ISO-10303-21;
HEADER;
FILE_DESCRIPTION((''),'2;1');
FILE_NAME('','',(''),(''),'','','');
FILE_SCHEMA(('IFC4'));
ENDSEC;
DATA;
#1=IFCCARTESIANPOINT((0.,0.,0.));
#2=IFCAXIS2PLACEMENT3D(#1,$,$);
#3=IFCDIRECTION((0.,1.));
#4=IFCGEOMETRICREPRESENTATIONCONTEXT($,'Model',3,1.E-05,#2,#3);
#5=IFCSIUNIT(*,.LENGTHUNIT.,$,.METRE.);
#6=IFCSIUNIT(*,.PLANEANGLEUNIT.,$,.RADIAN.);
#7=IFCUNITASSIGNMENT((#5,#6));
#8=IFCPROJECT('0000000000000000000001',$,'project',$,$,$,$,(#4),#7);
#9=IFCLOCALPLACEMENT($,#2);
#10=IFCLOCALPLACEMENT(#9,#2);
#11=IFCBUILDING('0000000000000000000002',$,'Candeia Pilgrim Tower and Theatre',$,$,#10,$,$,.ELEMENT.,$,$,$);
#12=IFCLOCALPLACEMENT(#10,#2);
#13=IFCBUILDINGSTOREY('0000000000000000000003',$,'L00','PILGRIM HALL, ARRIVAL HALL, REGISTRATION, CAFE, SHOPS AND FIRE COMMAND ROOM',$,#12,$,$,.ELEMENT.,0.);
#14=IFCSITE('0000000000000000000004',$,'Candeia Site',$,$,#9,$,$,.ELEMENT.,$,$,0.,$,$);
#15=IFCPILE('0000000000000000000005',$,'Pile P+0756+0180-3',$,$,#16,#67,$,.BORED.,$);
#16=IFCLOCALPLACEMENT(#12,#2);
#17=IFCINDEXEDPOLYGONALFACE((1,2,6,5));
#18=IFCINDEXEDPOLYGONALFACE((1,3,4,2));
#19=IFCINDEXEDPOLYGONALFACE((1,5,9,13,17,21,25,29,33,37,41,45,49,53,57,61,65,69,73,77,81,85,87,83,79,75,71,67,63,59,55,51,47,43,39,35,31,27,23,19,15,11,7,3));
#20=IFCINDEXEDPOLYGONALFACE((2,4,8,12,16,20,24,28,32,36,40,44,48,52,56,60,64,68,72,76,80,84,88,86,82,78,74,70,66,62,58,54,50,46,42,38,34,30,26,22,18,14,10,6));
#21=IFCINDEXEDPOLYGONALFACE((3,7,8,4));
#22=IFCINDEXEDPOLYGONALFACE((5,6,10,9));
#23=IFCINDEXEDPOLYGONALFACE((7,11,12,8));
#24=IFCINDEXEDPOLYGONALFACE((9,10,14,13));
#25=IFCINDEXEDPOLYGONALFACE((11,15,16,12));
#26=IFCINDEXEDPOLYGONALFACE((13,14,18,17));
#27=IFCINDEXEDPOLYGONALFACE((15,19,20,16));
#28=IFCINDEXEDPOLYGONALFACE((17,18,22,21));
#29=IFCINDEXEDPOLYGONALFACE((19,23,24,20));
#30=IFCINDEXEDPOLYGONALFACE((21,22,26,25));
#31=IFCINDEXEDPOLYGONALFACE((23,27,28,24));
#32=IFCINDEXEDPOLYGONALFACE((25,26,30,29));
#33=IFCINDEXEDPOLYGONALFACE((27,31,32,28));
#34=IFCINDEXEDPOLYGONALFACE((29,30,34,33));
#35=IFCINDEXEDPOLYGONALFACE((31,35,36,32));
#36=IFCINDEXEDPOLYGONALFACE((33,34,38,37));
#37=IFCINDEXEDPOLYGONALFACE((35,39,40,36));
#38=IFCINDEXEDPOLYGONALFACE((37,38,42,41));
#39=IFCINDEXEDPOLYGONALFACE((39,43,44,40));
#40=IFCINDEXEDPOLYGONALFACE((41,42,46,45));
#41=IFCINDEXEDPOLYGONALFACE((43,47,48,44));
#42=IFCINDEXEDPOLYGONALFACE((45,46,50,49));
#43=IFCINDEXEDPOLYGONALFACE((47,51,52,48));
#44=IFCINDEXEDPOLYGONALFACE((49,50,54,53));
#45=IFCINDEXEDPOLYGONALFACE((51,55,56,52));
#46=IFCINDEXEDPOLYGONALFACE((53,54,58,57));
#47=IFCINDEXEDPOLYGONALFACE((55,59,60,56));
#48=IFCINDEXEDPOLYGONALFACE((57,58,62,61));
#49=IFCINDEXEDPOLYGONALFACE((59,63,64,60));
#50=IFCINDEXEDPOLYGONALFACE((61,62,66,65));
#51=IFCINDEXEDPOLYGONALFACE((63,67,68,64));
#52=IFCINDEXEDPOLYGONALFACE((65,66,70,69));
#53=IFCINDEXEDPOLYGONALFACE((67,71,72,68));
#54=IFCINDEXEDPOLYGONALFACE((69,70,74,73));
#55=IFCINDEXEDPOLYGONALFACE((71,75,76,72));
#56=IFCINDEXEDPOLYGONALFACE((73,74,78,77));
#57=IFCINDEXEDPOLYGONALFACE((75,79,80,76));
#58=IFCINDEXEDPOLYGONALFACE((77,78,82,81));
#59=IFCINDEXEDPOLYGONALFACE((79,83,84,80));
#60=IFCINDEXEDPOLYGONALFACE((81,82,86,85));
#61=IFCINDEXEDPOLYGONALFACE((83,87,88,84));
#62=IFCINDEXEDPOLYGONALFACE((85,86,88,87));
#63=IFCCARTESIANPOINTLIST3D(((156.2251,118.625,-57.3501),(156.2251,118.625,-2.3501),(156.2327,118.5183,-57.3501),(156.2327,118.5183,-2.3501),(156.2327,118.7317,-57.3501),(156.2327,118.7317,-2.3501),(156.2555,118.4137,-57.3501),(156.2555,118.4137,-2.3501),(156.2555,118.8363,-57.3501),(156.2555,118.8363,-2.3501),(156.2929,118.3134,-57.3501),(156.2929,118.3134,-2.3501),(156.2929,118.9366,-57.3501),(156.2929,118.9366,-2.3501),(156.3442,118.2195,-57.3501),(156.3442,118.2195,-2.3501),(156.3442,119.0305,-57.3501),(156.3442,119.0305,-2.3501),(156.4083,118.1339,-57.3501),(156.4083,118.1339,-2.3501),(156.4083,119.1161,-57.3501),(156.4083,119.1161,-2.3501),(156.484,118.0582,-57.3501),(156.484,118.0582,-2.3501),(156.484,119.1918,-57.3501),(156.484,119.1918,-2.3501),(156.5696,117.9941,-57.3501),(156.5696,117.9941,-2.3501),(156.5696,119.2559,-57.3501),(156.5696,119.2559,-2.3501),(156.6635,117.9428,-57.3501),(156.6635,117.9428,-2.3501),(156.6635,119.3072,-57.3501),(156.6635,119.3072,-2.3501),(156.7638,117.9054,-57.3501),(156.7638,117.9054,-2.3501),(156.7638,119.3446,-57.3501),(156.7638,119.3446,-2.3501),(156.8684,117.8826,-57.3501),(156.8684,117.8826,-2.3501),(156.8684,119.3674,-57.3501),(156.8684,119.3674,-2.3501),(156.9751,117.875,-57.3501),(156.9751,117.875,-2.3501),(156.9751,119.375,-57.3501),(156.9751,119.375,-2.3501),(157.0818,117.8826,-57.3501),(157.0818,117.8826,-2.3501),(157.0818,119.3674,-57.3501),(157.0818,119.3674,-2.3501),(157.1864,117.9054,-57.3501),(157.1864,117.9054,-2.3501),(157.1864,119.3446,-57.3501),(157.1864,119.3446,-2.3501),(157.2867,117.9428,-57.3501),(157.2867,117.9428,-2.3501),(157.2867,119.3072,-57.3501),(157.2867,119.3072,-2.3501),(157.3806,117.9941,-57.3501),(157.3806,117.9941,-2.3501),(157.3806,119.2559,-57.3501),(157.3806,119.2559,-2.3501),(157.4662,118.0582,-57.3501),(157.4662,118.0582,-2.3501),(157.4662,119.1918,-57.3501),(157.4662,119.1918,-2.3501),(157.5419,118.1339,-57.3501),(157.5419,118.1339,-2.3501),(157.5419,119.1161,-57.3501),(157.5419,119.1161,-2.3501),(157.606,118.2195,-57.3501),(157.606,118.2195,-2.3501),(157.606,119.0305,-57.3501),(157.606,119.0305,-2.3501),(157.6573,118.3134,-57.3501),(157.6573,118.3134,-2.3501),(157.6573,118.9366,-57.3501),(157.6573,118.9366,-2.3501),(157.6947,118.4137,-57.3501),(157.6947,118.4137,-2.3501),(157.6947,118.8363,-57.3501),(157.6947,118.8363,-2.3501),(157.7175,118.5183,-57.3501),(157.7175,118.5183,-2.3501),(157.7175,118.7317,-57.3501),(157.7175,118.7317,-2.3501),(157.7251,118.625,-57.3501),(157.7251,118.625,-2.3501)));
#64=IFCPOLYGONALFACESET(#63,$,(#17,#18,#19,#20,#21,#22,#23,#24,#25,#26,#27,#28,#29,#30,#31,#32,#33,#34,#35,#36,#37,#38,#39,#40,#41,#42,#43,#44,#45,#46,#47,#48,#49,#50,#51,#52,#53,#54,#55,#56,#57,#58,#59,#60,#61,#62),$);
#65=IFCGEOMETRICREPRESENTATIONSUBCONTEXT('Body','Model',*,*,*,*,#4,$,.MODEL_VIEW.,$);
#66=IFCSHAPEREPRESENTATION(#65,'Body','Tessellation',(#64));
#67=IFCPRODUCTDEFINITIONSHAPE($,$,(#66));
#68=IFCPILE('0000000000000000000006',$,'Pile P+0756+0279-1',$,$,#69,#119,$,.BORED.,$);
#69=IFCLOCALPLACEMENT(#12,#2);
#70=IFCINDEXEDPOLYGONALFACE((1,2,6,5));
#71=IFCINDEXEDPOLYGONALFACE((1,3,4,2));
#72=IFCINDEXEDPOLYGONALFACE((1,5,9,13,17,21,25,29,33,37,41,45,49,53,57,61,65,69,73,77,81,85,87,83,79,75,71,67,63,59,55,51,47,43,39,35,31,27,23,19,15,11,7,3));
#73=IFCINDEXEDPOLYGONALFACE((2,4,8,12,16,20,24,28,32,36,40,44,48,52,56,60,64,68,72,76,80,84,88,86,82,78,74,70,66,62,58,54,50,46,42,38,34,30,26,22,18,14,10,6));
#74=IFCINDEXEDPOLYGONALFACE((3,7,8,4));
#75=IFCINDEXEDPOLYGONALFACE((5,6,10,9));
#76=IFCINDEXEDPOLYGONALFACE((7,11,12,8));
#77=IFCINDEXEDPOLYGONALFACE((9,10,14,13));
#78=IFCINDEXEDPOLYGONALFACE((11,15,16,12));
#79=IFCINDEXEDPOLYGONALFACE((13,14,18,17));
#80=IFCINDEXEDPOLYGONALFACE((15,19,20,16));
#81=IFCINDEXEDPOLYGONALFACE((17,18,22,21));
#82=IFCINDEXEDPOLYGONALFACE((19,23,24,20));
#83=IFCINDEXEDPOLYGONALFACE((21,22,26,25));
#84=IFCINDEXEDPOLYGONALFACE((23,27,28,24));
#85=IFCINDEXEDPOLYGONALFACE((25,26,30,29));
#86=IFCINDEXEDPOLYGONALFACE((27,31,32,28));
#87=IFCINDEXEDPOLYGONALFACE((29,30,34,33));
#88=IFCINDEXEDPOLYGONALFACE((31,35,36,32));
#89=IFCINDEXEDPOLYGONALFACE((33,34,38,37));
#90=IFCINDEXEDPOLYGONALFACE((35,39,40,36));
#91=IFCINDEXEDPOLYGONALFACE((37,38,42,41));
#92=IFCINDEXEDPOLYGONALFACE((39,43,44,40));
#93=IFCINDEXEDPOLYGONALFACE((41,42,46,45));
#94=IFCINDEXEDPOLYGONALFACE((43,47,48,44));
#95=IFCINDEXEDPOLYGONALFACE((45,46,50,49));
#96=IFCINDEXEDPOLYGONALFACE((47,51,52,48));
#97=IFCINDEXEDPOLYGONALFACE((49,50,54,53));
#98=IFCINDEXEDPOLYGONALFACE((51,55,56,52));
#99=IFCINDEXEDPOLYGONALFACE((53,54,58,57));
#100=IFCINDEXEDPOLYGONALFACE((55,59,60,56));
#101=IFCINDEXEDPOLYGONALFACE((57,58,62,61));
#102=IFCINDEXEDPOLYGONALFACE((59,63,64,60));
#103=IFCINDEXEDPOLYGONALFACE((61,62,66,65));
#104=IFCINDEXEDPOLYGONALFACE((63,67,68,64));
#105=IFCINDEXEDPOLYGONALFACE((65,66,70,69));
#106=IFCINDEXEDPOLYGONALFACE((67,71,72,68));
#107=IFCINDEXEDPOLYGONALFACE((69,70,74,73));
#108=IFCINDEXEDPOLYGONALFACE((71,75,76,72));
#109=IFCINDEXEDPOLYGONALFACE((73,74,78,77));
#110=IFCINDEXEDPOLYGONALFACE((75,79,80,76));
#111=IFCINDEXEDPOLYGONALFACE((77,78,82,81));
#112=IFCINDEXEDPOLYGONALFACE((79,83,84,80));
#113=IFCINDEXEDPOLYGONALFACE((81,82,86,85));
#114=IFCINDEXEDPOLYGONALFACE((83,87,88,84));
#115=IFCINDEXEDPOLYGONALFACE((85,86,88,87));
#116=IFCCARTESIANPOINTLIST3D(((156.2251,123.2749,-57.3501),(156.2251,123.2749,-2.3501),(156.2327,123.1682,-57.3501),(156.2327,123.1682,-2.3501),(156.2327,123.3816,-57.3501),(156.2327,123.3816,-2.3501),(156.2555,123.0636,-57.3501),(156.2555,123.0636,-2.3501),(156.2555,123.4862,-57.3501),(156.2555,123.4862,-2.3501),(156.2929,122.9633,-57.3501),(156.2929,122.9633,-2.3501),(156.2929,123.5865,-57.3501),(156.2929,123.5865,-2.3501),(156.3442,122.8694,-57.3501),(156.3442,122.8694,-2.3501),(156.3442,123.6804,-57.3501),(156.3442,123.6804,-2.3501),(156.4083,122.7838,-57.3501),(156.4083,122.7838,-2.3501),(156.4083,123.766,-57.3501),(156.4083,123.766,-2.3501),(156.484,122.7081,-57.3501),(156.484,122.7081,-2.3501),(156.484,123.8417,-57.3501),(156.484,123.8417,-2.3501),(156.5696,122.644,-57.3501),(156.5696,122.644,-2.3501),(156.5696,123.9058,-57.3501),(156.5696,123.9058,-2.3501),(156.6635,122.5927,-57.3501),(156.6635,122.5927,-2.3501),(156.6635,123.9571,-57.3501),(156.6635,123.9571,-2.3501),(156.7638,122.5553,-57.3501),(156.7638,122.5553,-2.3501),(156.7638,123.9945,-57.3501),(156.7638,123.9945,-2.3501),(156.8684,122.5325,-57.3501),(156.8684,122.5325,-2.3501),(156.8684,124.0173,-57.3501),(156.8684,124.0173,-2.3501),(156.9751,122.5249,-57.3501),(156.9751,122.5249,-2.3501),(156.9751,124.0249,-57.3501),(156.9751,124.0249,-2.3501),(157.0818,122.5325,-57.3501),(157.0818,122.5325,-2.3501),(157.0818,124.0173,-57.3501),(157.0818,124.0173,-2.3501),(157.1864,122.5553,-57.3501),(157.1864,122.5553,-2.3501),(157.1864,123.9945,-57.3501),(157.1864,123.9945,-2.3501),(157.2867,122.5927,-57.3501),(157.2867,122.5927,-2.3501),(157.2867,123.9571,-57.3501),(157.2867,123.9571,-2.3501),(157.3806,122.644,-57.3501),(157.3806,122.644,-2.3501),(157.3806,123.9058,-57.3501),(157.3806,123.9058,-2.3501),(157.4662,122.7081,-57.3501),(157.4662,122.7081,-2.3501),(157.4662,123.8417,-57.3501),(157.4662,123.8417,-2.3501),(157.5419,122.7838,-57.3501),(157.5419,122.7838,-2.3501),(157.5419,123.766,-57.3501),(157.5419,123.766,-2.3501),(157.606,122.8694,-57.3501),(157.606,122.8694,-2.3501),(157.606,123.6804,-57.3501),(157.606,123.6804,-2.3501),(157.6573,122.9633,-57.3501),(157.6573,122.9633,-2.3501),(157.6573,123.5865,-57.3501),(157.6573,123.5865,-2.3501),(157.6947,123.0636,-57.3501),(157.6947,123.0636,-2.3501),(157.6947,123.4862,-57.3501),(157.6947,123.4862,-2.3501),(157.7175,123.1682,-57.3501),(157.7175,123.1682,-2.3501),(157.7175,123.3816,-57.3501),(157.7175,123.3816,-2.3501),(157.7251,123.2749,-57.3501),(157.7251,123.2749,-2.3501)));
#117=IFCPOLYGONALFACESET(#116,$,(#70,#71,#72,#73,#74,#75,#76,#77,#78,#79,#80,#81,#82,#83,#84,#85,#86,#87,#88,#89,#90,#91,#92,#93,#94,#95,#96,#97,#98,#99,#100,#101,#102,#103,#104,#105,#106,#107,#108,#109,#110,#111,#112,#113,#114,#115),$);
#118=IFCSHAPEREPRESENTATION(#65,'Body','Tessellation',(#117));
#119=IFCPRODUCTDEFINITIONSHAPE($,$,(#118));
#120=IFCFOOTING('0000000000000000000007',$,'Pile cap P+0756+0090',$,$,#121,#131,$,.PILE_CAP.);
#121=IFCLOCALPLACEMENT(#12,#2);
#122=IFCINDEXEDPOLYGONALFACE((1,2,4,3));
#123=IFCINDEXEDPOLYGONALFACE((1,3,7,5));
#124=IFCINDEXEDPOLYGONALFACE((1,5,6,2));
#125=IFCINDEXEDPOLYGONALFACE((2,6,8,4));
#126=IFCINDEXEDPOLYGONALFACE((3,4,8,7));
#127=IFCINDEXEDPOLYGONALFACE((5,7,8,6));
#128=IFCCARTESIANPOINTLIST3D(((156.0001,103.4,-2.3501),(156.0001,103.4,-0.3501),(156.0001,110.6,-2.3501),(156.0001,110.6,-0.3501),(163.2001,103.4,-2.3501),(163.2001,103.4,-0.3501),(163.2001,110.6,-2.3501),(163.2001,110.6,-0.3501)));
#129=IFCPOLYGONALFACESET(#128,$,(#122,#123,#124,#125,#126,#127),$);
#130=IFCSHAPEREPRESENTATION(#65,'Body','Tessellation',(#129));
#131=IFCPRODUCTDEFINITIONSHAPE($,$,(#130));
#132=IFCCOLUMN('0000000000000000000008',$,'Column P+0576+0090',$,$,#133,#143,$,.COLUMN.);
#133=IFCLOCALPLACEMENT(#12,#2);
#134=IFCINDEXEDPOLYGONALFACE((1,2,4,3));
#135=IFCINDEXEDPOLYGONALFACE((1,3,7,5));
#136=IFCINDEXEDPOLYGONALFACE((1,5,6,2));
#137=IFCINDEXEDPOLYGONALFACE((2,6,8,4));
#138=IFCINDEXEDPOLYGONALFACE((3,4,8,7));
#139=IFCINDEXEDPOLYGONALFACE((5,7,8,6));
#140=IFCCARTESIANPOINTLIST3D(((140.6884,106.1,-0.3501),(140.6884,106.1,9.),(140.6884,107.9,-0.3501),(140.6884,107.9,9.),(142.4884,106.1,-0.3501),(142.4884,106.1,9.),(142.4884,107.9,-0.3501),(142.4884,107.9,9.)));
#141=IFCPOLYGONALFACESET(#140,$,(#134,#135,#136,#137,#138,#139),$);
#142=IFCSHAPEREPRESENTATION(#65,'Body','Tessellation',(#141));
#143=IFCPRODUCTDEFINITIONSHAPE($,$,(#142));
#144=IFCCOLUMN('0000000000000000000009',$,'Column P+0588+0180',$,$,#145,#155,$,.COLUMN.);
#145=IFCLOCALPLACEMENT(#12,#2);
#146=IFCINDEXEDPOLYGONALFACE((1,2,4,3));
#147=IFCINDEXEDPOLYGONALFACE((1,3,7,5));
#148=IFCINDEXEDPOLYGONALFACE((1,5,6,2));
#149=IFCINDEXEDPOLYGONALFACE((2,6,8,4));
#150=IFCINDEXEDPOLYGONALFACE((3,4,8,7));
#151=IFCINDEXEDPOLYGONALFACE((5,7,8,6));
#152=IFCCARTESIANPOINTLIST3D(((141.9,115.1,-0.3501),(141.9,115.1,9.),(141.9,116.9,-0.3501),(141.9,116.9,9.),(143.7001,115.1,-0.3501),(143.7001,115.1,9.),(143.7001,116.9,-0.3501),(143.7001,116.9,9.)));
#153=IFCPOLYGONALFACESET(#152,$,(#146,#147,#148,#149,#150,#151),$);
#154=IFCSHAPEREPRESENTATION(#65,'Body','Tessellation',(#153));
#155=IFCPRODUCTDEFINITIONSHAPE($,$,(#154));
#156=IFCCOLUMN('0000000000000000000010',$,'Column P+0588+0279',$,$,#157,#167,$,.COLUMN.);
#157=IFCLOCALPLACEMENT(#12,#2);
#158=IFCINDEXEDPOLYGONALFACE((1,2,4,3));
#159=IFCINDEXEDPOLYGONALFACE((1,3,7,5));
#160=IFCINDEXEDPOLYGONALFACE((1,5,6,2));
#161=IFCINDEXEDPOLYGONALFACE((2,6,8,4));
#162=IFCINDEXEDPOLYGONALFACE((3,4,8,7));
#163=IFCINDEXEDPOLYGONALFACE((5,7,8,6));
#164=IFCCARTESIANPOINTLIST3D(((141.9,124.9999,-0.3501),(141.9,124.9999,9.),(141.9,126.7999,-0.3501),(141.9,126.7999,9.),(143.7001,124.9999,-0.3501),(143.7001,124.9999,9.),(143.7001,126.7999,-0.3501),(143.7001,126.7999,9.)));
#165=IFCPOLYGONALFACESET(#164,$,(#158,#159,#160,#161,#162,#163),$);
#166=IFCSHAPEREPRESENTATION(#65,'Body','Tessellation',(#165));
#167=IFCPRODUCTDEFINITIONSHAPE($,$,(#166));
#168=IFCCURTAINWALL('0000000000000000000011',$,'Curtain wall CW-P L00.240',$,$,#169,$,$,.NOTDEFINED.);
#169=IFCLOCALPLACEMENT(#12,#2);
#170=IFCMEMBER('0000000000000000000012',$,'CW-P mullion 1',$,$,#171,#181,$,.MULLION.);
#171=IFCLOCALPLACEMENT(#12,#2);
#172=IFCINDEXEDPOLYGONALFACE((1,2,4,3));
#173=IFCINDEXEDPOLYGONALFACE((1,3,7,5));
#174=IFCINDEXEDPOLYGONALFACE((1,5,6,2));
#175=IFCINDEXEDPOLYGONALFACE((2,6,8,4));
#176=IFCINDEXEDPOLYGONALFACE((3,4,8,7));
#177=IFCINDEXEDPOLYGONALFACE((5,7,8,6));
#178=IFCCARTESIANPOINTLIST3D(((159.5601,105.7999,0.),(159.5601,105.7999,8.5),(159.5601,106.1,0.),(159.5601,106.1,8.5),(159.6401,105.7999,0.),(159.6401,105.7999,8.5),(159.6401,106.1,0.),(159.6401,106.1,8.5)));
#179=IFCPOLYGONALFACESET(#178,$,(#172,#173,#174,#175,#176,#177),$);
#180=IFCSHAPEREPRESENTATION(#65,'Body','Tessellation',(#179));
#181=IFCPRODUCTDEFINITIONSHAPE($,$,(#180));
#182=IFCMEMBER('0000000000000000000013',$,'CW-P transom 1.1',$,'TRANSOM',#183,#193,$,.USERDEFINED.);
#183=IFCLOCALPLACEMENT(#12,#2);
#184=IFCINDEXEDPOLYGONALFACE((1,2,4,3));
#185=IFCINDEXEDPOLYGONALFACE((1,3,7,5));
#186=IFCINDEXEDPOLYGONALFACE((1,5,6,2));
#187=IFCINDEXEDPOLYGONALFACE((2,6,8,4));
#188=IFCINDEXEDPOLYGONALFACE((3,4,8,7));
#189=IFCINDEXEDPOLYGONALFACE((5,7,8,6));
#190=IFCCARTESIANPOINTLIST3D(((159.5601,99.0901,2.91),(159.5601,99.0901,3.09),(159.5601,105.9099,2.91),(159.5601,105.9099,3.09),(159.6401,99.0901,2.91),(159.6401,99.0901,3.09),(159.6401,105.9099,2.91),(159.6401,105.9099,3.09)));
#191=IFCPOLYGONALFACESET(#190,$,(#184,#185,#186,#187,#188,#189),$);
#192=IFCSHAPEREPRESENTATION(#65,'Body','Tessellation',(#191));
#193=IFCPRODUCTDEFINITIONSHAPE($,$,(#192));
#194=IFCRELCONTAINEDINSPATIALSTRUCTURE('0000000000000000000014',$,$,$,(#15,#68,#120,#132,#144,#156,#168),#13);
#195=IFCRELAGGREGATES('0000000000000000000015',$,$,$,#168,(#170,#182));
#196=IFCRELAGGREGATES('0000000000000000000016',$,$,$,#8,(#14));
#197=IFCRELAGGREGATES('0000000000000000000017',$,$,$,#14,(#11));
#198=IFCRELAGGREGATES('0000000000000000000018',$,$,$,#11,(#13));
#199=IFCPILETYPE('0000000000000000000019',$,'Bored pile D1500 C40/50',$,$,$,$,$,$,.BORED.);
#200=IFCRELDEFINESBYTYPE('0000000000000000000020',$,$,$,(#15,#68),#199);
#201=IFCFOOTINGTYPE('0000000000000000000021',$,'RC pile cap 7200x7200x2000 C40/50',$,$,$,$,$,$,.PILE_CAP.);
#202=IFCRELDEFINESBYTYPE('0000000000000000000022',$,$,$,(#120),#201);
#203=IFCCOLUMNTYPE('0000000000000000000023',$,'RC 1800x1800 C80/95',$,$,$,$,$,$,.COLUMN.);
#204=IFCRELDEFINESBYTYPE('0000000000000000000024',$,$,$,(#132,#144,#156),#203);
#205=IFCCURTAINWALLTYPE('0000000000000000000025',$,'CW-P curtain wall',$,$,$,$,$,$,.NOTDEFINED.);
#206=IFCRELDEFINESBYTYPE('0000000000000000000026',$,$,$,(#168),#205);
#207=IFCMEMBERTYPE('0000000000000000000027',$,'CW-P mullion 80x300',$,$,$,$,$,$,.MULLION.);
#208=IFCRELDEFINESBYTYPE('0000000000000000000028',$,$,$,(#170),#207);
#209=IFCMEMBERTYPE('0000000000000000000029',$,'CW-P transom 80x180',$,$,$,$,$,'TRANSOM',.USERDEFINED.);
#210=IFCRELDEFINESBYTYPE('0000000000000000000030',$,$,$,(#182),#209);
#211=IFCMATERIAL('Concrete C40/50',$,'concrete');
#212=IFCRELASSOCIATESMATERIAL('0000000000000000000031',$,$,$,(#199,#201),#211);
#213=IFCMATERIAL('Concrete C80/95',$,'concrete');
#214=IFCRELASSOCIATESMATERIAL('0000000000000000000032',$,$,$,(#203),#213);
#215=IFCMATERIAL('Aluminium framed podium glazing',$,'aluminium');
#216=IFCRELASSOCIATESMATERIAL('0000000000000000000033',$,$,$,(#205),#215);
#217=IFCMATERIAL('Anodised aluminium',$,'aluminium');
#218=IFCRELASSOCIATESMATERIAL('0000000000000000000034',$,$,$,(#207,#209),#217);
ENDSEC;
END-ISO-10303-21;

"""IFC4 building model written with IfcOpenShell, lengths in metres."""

from ifc_helpers import new_model, si_unit, direction, frame, origin, origin_2d, place, context, subcontext, project, spatial, rectangle, circle, extrude, material, material_profile, profile_set, type_object, element, aggregate, save


model = new_model("IFC4")

# Units and contexts
model_context = context("Model", 3, precision=1e-05, world=origin(), true_north=direction((0.0, 1.0)))
body_context = subcontext(model_context, "Body", "Model", "MODEL_VIEW")
ifc_project = project(units=[si_unit("LENGTHUNIT", "METRE"), si_unit("PLANEANGLEUNIT", "RADIAN")], contexts=[model_context])

# Site, building, storey
site_placement = place(None, origin())
site = spatial("IfcSite", under=ifc_project, at=site_placement, Name="Candeia Site", CompositionType="ELEMENT", RefElevation=0.0)
building_placement = place(site_placement, origin())
building = spatial("IfcBuilding", under=site, at=building_placement, Name="Candeia Pilgrim Tower and Theatre", CompositionType="ELEMENT")
storey_placement = place(building_placement, origin())
storey = spatial("IfcBuildingStorey", under=building, at=storey_placement, Name="L00", Description="PILGRIM HALL, ARRIVAL HALL, REGISTRATION, CAFE, SHOPS AND FIRE COMMAND ROOM", CompositionType="ELEMENT", Elevation=0.0)

# Piles
ifc_material_1 = material(Name="Concrete C40/50", Category="concrete")
ifc_material_profile_1 = material_profile(ifc_material_1, circle(Radius=0.75, at=origin_2d()))
ifc_profile_set_1 = profile_set([ifc_material_profile_1], Name="Concrete C40/50")
pile_type = type_object("IfcPileType", Name="Bored pile D1500 C40/50", PredefinedType="BORED", material=ifc_profile_set_1)
for number, where, z_axis, x_axis, name in (
    (1, (156.9751, 118.625, -2.3501), (0.0, 0.0, -1.0), (1.0, 0.0, 0.0), "Pile P+0756+0180-3"),
    (2, (156.9751, 123.2749, -2.3501), (0.0, 0.0, -1.0), (1.0, 0.0, 0.0), "Pile P+0756+0279-1"),
):
    element("IfcPile", number, at=place(storey_placement, frame(where, z_axis=z_axis, x_axis=x_axis)), inside=storey, type_object=pile_type, Name=name, PredefinedType="BORED", context=body_context, shape_type="SweptSolid", body=[
        extrude(circle(Radius=0.75, at=origin_2d()), origin(), (0.0, 0.0, 1.0), 55.0),
    ])

# Footing
footing_type = type_object("IfcFootingType", Name="RC pile cap 7200x7200x2000 C40/50", PredefinedType="PILE_CAP", material=ifc_material_1)
footing_placement = place(storey_placement, frame((159.6001, 107.0, -2.3501), z_axis=(0.0, 0.0, 1.0), x_axis=(1.0, 0.0, 0.0)))
element("IfcFooting", 3, at=footing_placement, inside=storey, type_object=footing_type, Name="Pile cap P+0756+0090", PredefinedType="PILE_CAP", context=body_context, shape_type="SweptSolid", body=[
    extrude(rectangle(XDim=7.2, YDim=7.2, at=origin_2d()), origin(), (0.0, 0.0, 1.0), 2.0),
])

# Columns
ifc_material_2 = material(Name="Concrete C80/95", Category="concrete")
ifc_material_profile_2 = material_profile(ifc_material_2, rectangle(XDim=1.8, YDim=1.8, at=origin_2d()))
ifc_profile_set_2 = profile_set([ifc_material_profile_2], Name="Concrete C80/95")
column_type = type_object("IfcColumnType", Name="RC 1800x1800 C80/95", PredefinedType="COLUMN", material=ifc_profile_set_2)
for number, where, z_axis, x_axis, name in (
    (4, (141.5884, 107.0, -0.3501), (0.0, 0.0, 1.0), (1.0, 0.0, 0.0), "Column P+0576+0090"),
    (5, (142.8, 116.0, -0.3501), (0.0, 0.0, 1.0), (1.0, 0.0, 0.0), "Column P+0588+0180"),
    (6, (142.8, 125.8999, -0.3501), (0.0, 0.0, 1.0), (1.0, 0.0, 0.0), "Column P+0588+0279"),
):
    element("IfcColumn", number, at=place(storey_placement, frame(where, z_axis=z_axis, x_axis=x_axis)), inside=storey, type_object=column_type, Name=name, PredefinedType="COLUMN", context=body_context, shape_type="SweptSolid", body=[
        extrude(rectangle(XDim=1.8, YDim=1.8, at=origin_2d()), origin(), (0.0, 0.0, 1.0), 9.3501),
    ])

# Curtain wall, members
ifc_material_3 = material(Name="Aluminium framed podium glazing", Category="aluminium")
curtain_wall_type = type_object("IfcCurtainWallType", Name="CW-P curtain wall", PredefinedType="NOTDEFINED", material=ifc_material_3)
curtain_wall_placement = place(storey_placement, origin())
curtain_wall = element("IfcCurtainWall", 7, at=curtain_wall_placement, inside=storey, type_object=curtain_wall_type, Name="Curtain wall CW-P L00.240", PredefinedType="NOTDEFINED")
ifc_material_4 = material(Name="Anodised aluminium", Category="aluminium")
ifc_material_profile_3 = material_profile(ifc_material_4, rectangle(XDim=0.0801, YDim=0.3, at=origin_2d()))
ifc_profile_set_3 = profile_set([ifc_material_profile_3], Name="Anodised aluminium")
member_type_1 = type_object("IfcMemberType", Name="CW-P mullion 80x300", PredefinedType="MULLION", material=ifc_profile_set_3)
member_1_placement = place(storey_placement, frame((159.6001, 105.95, 0.0), z_axis=(0.0, 0.0, 1.0), x_axis=(1.0, 0.0, 0.0)))
member_1 = element("IfcMember", 8, at=member_1_placement, type_object=member_type_1, Name="CW-P mullion 1", PredefinedType="MULLION", context=body_context, shape_type="SweptSolid", body=[
    extrude(rectangle(XDim=0.0801, YDim=0.3, at=origin_2d()), origin(), (0.0, 0.0, 1.0), 8.5),
])
ifc_material_profile_4 = material_profile(ifc_material_4, rectangle(XDim=0.0801, YDim=0.1799, at=origin_2d()))
ifc_profile_set_4 = profile_set([ifc_material_profile_4], Name="Anodised aluminium")
member_type_2 = type_object("IfcMemberType", Name="CW-P transom 80x180", ElementType="TRANSOM", PredefinedType="USERDEFINED", material=ifc_profile_set_4)
member_2_placement = place(storey_placement, frame((159.6001, 105.9099, 3.0), z_axis=(0.0, -1.0, 0.0), x_axis=(1.0, 0.0, 0.0)))
member_2 = element("IfcMember", 9, at=member_2_placement, type_object=member_type_2, Name="CW-P transom 1.1", ObjectType="TRANSOM", PredefinedType="USERDEFINED", context=body_context, shape_type="SweptSolid", body=[
    extrude(rectangle(XDim=0.0801, YDim=0.1799, at=origin_2d()), origin(), (0.0, 0.0, 1.0), 6.8198),
])
aggregate(curtain_wall, [member_1, member_2])

save(model, "model.ifc")
